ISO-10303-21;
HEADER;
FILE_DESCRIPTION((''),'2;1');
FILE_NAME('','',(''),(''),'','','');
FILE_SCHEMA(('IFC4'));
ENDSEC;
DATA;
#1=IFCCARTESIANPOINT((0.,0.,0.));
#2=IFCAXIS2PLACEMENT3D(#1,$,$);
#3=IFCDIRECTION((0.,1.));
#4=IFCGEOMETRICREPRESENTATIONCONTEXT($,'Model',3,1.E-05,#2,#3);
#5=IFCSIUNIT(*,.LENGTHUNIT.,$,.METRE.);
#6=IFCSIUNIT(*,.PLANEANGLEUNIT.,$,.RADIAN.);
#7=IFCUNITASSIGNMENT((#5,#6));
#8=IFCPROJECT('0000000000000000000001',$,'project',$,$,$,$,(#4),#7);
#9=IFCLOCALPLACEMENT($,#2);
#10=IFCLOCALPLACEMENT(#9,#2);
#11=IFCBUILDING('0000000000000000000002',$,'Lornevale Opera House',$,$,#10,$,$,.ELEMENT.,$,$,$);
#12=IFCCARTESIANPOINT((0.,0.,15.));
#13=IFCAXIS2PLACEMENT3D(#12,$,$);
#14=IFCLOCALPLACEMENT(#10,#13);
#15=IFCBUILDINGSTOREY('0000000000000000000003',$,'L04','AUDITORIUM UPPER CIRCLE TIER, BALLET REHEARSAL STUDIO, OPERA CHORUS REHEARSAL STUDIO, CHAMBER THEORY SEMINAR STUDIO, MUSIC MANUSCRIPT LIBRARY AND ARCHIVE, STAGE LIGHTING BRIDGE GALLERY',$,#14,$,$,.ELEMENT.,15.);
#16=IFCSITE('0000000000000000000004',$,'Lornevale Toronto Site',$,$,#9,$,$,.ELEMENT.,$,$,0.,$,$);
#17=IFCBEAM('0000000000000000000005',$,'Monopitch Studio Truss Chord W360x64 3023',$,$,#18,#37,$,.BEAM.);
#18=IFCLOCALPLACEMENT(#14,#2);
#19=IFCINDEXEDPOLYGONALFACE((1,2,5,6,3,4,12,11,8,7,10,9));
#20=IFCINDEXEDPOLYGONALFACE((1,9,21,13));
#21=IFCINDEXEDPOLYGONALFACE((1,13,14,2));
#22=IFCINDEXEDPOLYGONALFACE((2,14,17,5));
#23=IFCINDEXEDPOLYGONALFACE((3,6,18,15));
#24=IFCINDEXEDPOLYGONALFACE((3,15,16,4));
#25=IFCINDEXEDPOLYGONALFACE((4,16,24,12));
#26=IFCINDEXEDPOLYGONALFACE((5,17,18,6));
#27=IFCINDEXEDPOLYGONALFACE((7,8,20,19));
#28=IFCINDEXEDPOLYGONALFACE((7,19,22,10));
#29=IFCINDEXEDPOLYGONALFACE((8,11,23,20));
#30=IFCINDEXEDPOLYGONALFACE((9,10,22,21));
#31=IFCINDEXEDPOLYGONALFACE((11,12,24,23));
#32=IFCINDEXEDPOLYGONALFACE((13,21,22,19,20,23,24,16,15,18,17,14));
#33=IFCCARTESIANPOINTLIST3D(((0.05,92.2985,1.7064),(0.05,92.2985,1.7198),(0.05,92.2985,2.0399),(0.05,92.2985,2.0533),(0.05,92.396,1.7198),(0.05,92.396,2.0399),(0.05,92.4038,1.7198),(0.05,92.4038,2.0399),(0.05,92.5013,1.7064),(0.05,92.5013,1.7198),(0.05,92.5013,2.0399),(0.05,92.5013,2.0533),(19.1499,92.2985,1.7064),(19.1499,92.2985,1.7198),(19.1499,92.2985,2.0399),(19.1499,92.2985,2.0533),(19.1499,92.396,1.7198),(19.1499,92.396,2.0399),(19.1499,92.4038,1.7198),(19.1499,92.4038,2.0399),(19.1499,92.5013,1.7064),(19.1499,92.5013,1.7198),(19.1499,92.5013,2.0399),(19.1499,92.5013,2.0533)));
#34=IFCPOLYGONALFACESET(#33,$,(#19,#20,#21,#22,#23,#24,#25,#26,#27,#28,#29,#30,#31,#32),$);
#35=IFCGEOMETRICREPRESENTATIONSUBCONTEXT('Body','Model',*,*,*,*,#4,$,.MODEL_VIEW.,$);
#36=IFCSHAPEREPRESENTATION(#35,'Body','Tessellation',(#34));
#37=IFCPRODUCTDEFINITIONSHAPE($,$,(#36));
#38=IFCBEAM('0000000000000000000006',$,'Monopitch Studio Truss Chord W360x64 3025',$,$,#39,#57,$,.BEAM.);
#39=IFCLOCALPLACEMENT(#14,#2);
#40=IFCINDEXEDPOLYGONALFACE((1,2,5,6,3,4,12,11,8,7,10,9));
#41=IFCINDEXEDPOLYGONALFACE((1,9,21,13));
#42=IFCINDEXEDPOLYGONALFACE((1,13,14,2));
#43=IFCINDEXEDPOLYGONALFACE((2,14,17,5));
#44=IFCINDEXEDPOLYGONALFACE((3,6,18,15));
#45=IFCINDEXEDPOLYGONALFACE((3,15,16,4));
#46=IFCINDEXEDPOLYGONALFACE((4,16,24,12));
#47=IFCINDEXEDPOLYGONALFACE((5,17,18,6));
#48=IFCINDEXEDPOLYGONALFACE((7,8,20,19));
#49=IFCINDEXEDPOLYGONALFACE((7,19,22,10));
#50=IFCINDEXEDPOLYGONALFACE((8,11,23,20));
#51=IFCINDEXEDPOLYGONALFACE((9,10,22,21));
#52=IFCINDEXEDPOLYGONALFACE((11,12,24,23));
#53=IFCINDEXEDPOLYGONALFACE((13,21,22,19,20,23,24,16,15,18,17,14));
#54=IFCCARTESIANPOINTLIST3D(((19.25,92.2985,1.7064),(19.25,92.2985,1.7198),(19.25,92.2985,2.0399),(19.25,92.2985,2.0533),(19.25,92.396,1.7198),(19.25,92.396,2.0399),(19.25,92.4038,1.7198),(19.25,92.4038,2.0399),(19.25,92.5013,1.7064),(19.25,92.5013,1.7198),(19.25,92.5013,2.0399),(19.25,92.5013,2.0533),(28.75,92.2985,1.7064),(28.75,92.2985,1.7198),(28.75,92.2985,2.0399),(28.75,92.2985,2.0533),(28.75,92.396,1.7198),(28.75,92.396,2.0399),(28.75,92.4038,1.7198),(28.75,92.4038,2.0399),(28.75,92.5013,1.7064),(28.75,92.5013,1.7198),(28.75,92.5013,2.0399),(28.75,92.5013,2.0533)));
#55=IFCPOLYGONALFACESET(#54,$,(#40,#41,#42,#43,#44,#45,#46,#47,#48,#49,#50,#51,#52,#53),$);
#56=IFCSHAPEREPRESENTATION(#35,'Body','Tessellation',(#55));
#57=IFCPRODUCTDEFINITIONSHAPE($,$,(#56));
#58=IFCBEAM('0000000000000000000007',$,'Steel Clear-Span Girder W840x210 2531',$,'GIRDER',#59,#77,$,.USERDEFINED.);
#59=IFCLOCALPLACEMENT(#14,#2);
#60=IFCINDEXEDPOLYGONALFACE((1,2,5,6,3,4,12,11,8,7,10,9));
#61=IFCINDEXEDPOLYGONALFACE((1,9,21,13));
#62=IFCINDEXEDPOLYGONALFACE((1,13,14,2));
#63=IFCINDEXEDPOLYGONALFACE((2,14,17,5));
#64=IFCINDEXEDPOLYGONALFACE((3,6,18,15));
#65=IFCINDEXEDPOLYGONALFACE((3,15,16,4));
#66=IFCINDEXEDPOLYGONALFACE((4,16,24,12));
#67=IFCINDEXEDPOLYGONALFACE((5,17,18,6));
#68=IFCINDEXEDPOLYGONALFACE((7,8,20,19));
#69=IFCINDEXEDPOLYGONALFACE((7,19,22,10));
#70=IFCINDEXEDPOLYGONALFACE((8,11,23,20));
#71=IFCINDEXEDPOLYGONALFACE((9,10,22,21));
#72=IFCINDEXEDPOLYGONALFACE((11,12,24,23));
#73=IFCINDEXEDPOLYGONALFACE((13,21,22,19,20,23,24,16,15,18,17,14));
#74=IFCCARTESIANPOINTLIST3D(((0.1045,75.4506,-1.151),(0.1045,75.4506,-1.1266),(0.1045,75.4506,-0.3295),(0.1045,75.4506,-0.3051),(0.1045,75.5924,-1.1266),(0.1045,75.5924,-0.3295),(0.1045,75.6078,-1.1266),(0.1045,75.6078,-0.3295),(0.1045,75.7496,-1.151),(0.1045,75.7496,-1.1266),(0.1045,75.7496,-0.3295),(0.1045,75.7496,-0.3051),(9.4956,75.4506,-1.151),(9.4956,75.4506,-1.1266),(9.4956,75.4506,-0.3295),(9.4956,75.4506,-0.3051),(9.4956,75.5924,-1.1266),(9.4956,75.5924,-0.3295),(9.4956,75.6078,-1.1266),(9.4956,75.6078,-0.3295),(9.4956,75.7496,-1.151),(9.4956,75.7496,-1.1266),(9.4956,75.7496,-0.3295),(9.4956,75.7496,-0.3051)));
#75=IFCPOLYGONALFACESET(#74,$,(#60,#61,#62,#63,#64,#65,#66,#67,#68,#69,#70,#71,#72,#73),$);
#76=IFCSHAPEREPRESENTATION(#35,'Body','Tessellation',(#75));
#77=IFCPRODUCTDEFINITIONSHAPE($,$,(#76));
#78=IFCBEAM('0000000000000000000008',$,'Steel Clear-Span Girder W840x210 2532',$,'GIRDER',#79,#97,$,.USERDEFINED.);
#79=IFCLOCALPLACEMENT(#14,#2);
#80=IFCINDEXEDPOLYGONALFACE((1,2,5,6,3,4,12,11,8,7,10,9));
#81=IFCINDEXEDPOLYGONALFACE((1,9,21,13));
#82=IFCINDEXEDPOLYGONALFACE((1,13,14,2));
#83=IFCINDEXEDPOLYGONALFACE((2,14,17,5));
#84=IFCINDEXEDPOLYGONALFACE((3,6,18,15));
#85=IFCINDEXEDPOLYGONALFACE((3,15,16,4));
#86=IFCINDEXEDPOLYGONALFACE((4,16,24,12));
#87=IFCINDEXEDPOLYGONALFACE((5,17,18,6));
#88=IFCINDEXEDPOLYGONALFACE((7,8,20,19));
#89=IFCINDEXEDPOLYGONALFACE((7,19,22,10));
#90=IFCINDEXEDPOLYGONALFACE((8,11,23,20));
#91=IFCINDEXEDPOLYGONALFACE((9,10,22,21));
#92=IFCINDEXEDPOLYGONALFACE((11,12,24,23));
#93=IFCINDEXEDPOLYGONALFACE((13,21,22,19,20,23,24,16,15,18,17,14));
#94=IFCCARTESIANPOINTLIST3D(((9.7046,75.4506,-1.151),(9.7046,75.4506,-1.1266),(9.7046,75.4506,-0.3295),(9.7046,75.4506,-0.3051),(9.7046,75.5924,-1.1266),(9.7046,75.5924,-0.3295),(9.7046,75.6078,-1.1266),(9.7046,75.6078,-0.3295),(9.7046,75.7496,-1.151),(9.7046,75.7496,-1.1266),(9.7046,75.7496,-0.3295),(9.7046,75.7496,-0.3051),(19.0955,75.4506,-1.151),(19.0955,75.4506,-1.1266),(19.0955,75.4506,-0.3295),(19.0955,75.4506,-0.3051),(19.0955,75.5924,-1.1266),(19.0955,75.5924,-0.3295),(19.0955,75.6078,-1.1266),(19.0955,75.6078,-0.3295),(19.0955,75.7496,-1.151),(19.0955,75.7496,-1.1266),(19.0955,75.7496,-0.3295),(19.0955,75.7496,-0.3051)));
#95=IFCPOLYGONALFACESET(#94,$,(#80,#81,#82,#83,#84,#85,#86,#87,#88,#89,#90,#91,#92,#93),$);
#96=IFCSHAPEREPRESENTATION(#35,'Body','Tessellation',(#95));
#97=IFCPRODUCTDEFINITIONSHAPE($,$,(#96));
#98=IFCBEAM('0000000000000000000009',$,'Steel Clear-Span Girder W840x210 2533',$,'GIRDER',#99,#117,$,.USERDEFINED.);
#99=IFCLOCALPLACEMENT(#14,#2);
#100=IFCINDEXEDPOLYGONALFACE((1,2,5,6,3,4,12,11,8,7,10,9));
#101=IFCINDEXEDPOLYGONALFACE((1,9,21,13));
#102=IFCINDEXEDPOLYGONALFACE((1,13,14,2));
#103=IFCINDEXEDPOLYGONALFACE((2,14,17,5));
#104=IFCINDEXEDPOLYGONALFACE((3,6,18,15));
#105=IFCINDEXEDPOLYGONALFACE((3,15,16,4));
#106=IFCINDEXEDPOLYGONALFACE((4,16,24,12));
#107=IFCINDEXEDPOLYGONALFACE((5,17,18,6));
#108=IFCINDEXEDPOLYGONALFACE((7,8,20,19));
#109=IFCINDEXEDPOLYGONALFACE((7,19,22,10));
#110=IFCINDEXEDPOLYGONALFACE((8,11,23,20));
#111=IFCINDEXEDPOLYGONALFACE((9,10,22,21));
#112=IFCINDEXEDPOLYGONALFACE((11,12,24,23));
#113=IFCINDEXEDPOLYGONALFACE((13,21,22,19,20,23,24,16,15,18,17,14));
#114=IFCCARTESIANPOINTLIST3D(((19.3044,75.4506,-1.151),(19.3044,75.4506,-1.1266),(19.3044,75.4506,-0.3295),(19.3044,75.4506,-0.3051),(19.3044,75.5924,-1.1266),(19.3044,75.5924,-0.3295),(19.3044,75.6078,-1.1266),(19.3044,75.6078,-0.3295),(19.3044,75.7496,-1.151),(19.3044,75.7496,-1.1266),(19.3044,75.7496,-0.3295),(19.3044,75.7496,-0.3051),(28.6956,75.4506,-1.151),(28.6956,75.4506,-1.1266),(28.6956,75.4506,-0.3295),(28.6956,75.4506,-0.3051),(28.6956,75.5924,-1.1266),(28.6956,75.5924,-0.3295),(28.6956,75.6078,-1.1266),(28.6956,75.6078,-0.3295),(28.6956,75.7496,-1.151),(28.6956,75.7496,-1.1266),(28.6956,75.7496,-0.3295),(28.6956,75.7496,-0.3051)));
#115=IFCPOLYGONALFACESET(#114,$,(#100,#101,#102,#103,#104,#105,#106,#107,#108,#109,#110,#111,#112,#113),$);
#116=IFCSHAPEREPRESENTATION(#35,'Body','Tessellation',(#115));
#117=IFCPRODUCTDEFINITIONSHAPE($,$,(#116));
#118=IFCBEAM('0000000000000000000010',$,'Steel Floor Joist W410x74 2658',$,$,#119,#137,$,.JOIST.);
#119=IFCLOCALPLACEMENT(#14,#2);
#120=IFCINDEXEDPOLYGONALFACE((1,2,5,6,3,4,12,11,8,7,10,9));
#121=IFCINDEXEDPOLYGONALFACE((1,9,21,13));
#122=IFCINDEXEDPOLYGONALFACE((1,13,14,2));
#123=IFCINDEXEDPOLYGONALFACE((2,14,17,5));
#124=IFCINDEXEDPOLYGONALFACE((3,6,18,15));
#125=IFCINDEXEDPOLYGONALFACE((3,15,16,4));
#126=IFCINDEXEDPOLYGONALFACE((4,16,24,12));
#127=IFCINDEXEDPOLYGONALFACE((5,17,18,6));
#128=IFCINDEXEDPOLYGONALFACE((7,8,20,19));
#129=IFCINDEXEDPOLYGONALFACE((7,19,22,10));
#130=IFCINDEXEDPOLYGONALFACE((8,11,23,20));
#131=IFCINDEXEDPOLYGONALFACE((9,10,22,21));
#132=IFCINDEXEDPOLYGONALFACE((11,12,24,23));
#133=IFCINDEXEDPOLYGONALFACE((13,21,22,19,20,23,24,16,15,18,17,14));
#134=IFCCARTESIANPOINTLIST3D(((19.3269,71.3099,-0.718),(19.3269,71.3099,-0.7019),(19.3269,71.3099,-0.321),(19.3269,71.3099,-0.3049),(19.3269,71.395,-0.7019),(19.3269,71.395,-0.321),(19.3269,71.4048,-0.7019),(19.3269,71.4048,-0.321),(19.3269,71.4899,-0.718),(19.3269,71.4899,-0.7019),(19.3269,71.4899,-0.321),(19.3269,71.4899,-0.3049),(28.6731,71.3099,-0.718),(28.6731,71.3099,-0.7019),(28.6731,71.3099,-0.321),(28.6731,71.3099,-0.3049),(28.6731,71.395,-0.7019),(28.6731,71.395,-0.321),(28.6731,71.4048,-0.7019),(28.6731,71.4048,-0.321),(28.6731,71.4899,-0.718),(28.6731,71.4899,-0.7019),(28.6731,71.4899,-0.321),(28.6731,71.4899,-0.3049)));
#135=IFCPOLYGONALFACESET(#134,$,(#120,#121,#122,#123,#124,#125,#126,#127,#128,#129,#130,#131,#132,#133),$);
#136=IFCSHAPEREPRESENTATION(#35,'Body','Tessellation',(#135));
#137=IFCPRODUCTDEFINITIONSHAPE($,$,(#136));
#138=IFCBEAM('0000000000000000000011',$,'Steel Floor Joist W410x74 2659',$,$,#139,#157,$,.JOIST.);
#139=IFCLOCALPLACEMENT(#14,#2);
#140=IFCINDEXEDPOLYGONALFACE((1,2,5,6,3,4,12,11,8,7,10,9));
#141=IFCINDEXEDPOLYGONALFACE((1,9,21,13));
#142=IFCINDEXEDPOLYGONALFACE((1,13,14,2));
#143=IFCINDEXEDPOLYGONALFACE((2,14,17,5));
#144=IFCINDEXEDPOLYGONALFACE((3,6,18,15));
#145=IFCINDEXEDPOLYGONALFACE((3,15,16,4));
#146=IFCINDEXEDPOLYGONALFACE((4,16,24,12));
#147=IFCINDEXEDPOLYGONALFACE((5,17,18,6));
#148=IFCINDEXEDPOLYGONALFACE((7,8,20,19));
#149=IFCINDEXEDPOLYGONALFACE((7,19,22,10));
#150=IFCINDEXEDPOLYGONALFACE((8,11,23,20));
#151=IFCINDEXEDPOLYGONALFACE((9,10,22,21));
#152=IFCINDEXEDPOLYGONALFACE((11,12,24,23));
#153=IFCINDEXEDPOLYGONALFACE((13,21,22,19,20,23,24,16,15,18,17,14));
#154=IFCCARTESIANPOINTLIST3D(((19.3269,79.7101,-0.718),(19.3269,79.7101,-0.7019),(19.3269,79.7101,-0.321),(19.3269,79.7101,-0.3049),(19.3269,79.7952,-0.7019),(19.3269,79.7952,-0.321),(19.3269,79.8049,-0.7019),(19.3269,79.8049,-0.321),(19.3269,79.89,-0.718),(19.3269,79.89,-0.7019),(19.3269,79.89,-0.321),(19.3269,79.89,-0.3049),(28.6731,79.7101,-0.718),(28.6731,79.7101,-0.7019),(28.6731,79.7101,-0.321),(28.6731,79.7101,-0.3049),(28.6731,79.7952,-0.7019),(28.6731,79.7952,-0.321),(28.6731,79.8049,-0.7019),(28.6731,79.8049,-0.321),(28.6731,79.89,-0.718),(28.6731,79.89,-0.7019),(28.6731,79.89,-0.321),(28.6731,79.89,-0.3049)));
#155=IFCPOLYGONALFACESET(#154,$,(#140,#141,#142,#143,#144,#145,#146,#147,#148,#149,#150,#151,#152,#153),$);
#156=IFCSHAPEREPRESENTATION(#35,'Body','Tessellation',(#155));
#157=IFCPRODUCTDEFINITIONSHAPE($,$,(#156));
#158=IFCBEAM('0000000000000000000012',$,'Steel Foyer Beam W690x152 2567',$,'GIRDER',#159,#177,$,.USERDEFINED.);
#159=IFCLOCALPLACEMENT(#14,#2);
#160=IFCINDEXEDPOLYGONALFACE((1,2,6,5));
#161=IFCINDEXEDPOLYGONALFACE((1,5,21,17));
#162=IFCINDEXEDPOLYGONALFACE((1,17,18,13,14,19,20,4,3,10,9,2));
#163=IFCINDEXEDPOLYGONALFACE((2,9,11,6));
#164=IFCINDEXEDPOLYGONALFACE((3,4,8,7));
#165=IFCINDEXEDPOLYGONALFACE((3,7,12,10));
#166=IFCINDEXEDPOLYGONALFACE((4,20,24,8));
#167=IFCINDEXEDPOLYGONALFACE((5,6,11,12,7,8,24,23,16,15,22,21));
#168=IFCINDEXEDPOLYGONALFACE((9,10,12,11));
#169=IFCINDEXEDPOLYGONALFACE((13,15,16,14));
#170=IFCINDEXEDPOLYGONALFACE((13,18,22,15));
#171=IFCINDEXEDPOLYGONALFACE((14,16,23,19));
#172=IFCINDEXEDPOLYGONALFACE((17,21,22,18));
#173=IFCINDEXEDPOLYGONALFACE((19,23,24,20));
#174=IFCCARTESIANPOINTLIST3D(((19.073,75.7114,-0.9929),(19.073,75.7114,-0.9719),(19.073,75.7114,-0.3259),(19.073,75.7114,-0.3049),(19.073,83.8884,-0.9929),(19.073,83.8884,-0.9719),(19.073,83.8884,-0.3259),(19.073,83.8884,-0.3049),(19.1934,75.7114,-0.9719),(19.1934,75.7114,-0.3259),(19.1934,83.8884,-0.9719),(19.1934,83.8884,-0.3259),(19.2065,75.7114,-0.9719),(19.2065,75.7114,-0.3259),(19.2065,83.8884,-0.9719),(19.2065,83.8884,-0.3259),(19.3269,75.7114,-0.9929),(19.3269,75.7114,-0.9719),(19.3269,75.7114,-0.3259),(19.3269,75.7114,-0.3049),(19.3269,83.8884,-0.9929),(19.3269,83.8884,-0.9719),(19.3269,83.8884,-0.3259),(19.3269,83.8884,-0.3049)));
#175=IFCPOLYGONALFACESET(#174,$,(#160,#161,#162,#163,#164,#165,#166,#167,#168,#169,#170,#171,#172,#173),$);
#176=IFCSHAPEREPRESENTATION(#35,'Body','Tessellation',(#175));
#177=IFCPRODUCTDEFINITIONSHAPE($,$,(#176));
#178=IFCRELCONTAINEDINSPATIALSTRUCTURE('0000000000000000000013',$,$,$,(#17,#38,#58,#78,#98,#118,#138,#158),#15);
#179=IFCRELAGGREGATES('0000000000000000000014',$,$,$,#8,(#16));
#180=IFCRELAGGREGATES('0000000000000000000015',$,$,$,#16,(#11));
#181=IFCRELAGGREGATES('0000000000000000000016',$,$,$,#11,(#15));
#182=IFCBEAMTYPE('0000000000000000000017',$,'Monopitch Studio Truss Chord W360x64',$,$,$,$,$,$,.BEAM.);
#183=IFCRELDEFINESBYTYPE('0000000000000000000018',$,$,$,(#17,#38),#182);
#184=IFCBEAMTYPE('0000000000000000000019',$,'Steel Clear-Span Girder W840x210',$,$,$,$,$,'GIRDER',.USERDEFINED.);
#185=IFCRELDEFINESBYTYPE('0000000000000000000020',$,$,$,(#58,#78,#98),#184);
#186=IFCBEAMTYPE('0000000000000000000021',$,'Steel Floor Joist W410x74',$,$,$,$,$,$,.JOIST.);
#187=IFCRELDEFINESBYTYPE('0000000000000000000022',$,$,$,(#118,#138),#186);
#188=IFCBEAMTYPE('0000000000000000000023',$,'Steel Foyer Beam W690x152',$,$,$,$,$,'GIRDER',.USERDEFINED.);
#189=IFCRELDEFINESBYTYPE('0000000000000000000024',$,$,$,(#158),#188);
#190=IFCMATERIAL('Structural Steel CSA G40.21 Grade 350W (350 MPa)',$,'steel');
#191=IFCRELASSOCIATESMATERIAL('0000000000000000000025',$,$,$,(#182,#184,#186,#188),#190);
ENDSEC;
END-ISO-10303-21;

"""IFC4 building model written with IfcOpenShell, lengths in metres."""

from ifc_helpers import new_model, si_unit, direction, frame, origin, origin_2d, place, context, subcontext, project, spatial, i_section, extrude, material, material_profile, profile_set, type_object, element, save


model = new_model("IFC4")

# Units and contexts
model_context = context("Model", 3, precision=1e-05, world=origin(), true_north=direction((0.0, 1.0)))
body_context = subcontext(model_context, "Body", "Model", "MODEL_VIEW")
ifc_project = project(units=[si_unit("LENGTHUNIT", "METRE"), si_unit("PLANEANGLEUNIT", "RADIAN")], contexts=[model_context])

# Site, building, storey
site_placement = place(None, origin())
site = spatial("IfcSite", under=ifc_project, at=site_placement, Name="Lornevale Toronto Site", CompositionType="ELEMENT", RefElevation=0.0)
building_placement = place(site_placement, origin())
building = spatial("IfcBuilding", under=site, at=building_placement, Name="Lornevale Opera House", CompositionType="ELEMENT")
storey_placement = place(building_placement, frame((0.0, 0.0, 15.0)))
storey = spatial("IfcBuildingStorey", under=building, at=storey_placement, Name="L04", Description="AUDITORIUM UPPER CIRCLE TIER, BALLET REHEARSAL STUDIO, OPERA CHORUS REHEARSAL STUDIO, CHAMBER THEORY SEMINAR STUDIO, MUSIC MANUSCRIPT LIBRARY AND ARCHIVE, STAGE LIGHTING BRIDGE GALLERY", CompositionType="ELEMENT", Elevation=15.0)

# Shared definitions
ifc_material_1 = material(Name="Structural Steel CSA G40.21 Grade 350W (350 MPa)", Category="steel")

# Beams
ifc_material_profile_1 = material_profile(ifc_material_1, i_section(OverallWidth=0.2029, OverallDepth=0.3469, WebThickness=0.0078, FlangeThickness=0.0134, at=origin_2d()), Name="W360x64")
ifc_profile_set_1 = profile_set([ifc_material_profile_1], Name="Structural Steel CSA G40.21 Grade 350W (350 MPa)")
beam_type_1 = type_object("IfcBeamType", Name="Monopitch Studio Truss Chord W360x64", PredefinedType="BEAM", material=ifc_profile_set_1)
beam_1_placement = place(storey_placement, frame((0.05, 92.3999, 1.8799), z_axis=(1.0, 0.0, 0.0), x_axis=(0.0, 1.0, 0.0)))
element("IfcBeam", 1, at=beam_1_placement, inside=storey, type_object=beam_type_1, Name="Monopitch Studio Truss Chord W360x64 3023", PredefinedType="BEAM", context=body_context, shape_type="SweptSolid", body=[
    extrude(i_section(OverallWidth=0.2029, OverallDepth=0.3469, WebThickness=0.0078, FlangeThickness=0.0134, at=origin_2d()), origin(), (0.0, 0.0, 1.0), 19.0999),
])
beam_2_placement = place(storey_placement, frame((19.25, 92.3999, 1.8799), z_axis=(1.0, 0.0, 0.0), x_axis=(0.0, 1.0, 0.0)))
element("IfcBeam", 2, at=beam_2_placement, inside=storey, type_object=beam_type_1, Name="Monopitch Studio Truss Chord W360x64 3025", PredefinedType="BEAM", context=body_context, shape_type="SweptSolid", body=[
    extrude(i_section(OverallWidth=0.2029, OverallDepth=0.3469, WebThickness=0.0078, FlangeThickness=0.0134, at=origin_2d()), origin(), (0.0, 0.0, 1.0), 9.5),
])
ifc_material_profile_2 = material_profile(ifc_material_1, i_section(OverallWidth=0.2991, OverallDepth=0.8459, WebThickness=0.0154, FlangeThickness=0.0244, at=origin_2d()), Name="W840x210")
ifc_profile_set_2 = profile_set([ifc_material_profile_2], Name="Structural Steel CSA G40.21 Grade 350W (350 MPa)")
beam_type_2 = type_object("IfcBeamType", Name="Steel Clear-Span Girder W840x210", ElementType="GIRDER", PredefinedType="USERDEFINED", material=ifc_profile_set_2)
beam_3_placement = place(storey_placement, frame((0.1045, 75.6001, -0.728), z_axis=(1.0, 0.0, 0.0), x_axis=(0.0, 1.0, 0.0)))
element("IfcBeam", 3, at=beam_3_placement, inside=storey, type_object=beam_type_2, Name="Steel Clear-Span Girder W840x210 2531", ObjectType="GIRDER", PredefinedType="USERDEFINED", context=body_context, shape_type="SweptSolid", body=[
    extrude(i_section(OverallWidth=0.2991, OverallDepth=0.8459, WebThickness=0.0154, FlangeThickness=0.0244, at=origin_2d()), origin(), (0.0, 0.0, 1.0), 9.3911),
])
beam_4_placement = place(storey_placement, frame((9.7046, 75.6001, -0.728), z_axis=(1.0, 0.0, 0.0), x_axis=(0.0, 1.0, 0.0)))
element("IfcBeam", 4, at=beam_4_placement, inside=storey, type_object=beam_type_2, Name="Steel Clear-Span Girder W840x210 2532", ObjectType="GIRDER", PredefinedType="USERDEFINED", context=body_context, shape_type="SweptSolid", body=[
    extrude(i_section(OverallWidth=0.2991, OverallDepth=0.8459, WebThickness=0.0154, FlangeThickness=0.0244, at=origin_2d()), origin(), (0.0, 0.0, 1.0), 9.3909),
])
beam_5_placement = place(storey_placement, frame((19.3044, 75.6001, -0.728), z_axis=(1.0, 0.0, 0.0), x_axis=(0.0, 1.0, 0.0)))
element("IfcBeam", 5, at=beam_5_placement, inside=storey, type_object=beam_type_2, Name="Steel Clear-Span Girder W840x210 2533", ObjectType="GIRDER", PredefinedType="USERDEFINED", context=body_context, shape_type="SweptSolid", body=[
    extrude(i_section(OverallWidth=0.2991, OverallDepth=0.8459, WebThickness=0.0154, FlangeThickness=0.0244, at=origin_2d()), origin(), (0.0, 0.0, 1.0), 9.3911),
])
ifc_material_profile_3 = material_profile(ifc_material_1, i_section(OverallWidth=0.1799, OverallDepth=0.4131, WebThickness=0.0098, FlangeThickness=0.0161, at=origin_2d()), Name="W410x74")
ifc_profile_set_3 = profile_set([ifc_material_profile_3], Name="Structural Steel CSA G40.21 Grade 350W (350 MPa)")
beam_type_3 = type_object("IfcBeamType", Name="Steel Floor Joist W410x74", PredefinedType="JOIST", material=ifc_profile_set_3)
for number, where, z_axis, x_axis, name in (
    (6, (19.3269, 71.3999, -0.5115), (1.0, 0.0, 0.0), (0.0, 1.0, 0.0), "Steel Floor Joist W410x74 2658"),
    (7, (19.3269, 79.8, -0.5115), (1.0, 0.0, 0.0), (0.0, 1.0, 0.0), "Steel Floor Joist W410x74 2659"),
):
    element("IfcBeam", number, at=place(storey_placement, frame(where, z_axis=z_axis, x_axis=x_axis)), inside=storey, type_object=beam_type_3, Name=name, PredefinedType="JOIST", context=body_context, shape_type="SweptSolid", body=[
        extrude(i_section(OverallWidth=0.1799, OverallDepth=0.4131, WebThickness=0.0098, FlangeThickness=0.0161, at=origin_2d()), origin(), (0.0, 0.0, 1.0), 9.3462),
    ])
ifc_material_profile_4 = material_profile(ifc_material_1, i_section(OverallWidth=0.2539, OverallDepth=0.688, WebThickness=0.0132, FlangeThickness=0.021, at=origin_2d()), Name="W690x152")
ifc_profile_set_4 = profile_set([ifc_material_profile_4], Name="Structural Steel CSA G40.21 Grade 350W (350 MPa)")
beam_type_4 = type_object("IfcBeamType", Name="Steel Foyer Beam W690x152", ElementType="GIRDER", PredefinedType="USERDEFINED", material=ifc_profile_set_4)
for number, where, z_axis, x_axis, name in (
    (8, (19.2, 75.7114, -0.6489), (0.0, 1.0, 0.0), (-1.0, 0.0, 0.0), "Steel Foyer Beam W690x152 2567"),
):
    element("IfcBeam", number, at=place(storey_placement, frame(where, z_axis=z_axis, x_axis=x_axis)), inside=storey, type_object=beam_type_4, Name=name, ObjectType="GIRDER", PredefinedType="USERDEFINED", context=body_context, shape_type="SweptSolid", body=[
        extrude(i_section(OverallWidth=0.2539, OverallDepth=0.688, WebThickness=0.0132, FlangeThickness=0.021, at=origin_2d()), origin(), (0.0, 0.0, 1.0), 8.177),
    ])

save(model, "model.ifc")
